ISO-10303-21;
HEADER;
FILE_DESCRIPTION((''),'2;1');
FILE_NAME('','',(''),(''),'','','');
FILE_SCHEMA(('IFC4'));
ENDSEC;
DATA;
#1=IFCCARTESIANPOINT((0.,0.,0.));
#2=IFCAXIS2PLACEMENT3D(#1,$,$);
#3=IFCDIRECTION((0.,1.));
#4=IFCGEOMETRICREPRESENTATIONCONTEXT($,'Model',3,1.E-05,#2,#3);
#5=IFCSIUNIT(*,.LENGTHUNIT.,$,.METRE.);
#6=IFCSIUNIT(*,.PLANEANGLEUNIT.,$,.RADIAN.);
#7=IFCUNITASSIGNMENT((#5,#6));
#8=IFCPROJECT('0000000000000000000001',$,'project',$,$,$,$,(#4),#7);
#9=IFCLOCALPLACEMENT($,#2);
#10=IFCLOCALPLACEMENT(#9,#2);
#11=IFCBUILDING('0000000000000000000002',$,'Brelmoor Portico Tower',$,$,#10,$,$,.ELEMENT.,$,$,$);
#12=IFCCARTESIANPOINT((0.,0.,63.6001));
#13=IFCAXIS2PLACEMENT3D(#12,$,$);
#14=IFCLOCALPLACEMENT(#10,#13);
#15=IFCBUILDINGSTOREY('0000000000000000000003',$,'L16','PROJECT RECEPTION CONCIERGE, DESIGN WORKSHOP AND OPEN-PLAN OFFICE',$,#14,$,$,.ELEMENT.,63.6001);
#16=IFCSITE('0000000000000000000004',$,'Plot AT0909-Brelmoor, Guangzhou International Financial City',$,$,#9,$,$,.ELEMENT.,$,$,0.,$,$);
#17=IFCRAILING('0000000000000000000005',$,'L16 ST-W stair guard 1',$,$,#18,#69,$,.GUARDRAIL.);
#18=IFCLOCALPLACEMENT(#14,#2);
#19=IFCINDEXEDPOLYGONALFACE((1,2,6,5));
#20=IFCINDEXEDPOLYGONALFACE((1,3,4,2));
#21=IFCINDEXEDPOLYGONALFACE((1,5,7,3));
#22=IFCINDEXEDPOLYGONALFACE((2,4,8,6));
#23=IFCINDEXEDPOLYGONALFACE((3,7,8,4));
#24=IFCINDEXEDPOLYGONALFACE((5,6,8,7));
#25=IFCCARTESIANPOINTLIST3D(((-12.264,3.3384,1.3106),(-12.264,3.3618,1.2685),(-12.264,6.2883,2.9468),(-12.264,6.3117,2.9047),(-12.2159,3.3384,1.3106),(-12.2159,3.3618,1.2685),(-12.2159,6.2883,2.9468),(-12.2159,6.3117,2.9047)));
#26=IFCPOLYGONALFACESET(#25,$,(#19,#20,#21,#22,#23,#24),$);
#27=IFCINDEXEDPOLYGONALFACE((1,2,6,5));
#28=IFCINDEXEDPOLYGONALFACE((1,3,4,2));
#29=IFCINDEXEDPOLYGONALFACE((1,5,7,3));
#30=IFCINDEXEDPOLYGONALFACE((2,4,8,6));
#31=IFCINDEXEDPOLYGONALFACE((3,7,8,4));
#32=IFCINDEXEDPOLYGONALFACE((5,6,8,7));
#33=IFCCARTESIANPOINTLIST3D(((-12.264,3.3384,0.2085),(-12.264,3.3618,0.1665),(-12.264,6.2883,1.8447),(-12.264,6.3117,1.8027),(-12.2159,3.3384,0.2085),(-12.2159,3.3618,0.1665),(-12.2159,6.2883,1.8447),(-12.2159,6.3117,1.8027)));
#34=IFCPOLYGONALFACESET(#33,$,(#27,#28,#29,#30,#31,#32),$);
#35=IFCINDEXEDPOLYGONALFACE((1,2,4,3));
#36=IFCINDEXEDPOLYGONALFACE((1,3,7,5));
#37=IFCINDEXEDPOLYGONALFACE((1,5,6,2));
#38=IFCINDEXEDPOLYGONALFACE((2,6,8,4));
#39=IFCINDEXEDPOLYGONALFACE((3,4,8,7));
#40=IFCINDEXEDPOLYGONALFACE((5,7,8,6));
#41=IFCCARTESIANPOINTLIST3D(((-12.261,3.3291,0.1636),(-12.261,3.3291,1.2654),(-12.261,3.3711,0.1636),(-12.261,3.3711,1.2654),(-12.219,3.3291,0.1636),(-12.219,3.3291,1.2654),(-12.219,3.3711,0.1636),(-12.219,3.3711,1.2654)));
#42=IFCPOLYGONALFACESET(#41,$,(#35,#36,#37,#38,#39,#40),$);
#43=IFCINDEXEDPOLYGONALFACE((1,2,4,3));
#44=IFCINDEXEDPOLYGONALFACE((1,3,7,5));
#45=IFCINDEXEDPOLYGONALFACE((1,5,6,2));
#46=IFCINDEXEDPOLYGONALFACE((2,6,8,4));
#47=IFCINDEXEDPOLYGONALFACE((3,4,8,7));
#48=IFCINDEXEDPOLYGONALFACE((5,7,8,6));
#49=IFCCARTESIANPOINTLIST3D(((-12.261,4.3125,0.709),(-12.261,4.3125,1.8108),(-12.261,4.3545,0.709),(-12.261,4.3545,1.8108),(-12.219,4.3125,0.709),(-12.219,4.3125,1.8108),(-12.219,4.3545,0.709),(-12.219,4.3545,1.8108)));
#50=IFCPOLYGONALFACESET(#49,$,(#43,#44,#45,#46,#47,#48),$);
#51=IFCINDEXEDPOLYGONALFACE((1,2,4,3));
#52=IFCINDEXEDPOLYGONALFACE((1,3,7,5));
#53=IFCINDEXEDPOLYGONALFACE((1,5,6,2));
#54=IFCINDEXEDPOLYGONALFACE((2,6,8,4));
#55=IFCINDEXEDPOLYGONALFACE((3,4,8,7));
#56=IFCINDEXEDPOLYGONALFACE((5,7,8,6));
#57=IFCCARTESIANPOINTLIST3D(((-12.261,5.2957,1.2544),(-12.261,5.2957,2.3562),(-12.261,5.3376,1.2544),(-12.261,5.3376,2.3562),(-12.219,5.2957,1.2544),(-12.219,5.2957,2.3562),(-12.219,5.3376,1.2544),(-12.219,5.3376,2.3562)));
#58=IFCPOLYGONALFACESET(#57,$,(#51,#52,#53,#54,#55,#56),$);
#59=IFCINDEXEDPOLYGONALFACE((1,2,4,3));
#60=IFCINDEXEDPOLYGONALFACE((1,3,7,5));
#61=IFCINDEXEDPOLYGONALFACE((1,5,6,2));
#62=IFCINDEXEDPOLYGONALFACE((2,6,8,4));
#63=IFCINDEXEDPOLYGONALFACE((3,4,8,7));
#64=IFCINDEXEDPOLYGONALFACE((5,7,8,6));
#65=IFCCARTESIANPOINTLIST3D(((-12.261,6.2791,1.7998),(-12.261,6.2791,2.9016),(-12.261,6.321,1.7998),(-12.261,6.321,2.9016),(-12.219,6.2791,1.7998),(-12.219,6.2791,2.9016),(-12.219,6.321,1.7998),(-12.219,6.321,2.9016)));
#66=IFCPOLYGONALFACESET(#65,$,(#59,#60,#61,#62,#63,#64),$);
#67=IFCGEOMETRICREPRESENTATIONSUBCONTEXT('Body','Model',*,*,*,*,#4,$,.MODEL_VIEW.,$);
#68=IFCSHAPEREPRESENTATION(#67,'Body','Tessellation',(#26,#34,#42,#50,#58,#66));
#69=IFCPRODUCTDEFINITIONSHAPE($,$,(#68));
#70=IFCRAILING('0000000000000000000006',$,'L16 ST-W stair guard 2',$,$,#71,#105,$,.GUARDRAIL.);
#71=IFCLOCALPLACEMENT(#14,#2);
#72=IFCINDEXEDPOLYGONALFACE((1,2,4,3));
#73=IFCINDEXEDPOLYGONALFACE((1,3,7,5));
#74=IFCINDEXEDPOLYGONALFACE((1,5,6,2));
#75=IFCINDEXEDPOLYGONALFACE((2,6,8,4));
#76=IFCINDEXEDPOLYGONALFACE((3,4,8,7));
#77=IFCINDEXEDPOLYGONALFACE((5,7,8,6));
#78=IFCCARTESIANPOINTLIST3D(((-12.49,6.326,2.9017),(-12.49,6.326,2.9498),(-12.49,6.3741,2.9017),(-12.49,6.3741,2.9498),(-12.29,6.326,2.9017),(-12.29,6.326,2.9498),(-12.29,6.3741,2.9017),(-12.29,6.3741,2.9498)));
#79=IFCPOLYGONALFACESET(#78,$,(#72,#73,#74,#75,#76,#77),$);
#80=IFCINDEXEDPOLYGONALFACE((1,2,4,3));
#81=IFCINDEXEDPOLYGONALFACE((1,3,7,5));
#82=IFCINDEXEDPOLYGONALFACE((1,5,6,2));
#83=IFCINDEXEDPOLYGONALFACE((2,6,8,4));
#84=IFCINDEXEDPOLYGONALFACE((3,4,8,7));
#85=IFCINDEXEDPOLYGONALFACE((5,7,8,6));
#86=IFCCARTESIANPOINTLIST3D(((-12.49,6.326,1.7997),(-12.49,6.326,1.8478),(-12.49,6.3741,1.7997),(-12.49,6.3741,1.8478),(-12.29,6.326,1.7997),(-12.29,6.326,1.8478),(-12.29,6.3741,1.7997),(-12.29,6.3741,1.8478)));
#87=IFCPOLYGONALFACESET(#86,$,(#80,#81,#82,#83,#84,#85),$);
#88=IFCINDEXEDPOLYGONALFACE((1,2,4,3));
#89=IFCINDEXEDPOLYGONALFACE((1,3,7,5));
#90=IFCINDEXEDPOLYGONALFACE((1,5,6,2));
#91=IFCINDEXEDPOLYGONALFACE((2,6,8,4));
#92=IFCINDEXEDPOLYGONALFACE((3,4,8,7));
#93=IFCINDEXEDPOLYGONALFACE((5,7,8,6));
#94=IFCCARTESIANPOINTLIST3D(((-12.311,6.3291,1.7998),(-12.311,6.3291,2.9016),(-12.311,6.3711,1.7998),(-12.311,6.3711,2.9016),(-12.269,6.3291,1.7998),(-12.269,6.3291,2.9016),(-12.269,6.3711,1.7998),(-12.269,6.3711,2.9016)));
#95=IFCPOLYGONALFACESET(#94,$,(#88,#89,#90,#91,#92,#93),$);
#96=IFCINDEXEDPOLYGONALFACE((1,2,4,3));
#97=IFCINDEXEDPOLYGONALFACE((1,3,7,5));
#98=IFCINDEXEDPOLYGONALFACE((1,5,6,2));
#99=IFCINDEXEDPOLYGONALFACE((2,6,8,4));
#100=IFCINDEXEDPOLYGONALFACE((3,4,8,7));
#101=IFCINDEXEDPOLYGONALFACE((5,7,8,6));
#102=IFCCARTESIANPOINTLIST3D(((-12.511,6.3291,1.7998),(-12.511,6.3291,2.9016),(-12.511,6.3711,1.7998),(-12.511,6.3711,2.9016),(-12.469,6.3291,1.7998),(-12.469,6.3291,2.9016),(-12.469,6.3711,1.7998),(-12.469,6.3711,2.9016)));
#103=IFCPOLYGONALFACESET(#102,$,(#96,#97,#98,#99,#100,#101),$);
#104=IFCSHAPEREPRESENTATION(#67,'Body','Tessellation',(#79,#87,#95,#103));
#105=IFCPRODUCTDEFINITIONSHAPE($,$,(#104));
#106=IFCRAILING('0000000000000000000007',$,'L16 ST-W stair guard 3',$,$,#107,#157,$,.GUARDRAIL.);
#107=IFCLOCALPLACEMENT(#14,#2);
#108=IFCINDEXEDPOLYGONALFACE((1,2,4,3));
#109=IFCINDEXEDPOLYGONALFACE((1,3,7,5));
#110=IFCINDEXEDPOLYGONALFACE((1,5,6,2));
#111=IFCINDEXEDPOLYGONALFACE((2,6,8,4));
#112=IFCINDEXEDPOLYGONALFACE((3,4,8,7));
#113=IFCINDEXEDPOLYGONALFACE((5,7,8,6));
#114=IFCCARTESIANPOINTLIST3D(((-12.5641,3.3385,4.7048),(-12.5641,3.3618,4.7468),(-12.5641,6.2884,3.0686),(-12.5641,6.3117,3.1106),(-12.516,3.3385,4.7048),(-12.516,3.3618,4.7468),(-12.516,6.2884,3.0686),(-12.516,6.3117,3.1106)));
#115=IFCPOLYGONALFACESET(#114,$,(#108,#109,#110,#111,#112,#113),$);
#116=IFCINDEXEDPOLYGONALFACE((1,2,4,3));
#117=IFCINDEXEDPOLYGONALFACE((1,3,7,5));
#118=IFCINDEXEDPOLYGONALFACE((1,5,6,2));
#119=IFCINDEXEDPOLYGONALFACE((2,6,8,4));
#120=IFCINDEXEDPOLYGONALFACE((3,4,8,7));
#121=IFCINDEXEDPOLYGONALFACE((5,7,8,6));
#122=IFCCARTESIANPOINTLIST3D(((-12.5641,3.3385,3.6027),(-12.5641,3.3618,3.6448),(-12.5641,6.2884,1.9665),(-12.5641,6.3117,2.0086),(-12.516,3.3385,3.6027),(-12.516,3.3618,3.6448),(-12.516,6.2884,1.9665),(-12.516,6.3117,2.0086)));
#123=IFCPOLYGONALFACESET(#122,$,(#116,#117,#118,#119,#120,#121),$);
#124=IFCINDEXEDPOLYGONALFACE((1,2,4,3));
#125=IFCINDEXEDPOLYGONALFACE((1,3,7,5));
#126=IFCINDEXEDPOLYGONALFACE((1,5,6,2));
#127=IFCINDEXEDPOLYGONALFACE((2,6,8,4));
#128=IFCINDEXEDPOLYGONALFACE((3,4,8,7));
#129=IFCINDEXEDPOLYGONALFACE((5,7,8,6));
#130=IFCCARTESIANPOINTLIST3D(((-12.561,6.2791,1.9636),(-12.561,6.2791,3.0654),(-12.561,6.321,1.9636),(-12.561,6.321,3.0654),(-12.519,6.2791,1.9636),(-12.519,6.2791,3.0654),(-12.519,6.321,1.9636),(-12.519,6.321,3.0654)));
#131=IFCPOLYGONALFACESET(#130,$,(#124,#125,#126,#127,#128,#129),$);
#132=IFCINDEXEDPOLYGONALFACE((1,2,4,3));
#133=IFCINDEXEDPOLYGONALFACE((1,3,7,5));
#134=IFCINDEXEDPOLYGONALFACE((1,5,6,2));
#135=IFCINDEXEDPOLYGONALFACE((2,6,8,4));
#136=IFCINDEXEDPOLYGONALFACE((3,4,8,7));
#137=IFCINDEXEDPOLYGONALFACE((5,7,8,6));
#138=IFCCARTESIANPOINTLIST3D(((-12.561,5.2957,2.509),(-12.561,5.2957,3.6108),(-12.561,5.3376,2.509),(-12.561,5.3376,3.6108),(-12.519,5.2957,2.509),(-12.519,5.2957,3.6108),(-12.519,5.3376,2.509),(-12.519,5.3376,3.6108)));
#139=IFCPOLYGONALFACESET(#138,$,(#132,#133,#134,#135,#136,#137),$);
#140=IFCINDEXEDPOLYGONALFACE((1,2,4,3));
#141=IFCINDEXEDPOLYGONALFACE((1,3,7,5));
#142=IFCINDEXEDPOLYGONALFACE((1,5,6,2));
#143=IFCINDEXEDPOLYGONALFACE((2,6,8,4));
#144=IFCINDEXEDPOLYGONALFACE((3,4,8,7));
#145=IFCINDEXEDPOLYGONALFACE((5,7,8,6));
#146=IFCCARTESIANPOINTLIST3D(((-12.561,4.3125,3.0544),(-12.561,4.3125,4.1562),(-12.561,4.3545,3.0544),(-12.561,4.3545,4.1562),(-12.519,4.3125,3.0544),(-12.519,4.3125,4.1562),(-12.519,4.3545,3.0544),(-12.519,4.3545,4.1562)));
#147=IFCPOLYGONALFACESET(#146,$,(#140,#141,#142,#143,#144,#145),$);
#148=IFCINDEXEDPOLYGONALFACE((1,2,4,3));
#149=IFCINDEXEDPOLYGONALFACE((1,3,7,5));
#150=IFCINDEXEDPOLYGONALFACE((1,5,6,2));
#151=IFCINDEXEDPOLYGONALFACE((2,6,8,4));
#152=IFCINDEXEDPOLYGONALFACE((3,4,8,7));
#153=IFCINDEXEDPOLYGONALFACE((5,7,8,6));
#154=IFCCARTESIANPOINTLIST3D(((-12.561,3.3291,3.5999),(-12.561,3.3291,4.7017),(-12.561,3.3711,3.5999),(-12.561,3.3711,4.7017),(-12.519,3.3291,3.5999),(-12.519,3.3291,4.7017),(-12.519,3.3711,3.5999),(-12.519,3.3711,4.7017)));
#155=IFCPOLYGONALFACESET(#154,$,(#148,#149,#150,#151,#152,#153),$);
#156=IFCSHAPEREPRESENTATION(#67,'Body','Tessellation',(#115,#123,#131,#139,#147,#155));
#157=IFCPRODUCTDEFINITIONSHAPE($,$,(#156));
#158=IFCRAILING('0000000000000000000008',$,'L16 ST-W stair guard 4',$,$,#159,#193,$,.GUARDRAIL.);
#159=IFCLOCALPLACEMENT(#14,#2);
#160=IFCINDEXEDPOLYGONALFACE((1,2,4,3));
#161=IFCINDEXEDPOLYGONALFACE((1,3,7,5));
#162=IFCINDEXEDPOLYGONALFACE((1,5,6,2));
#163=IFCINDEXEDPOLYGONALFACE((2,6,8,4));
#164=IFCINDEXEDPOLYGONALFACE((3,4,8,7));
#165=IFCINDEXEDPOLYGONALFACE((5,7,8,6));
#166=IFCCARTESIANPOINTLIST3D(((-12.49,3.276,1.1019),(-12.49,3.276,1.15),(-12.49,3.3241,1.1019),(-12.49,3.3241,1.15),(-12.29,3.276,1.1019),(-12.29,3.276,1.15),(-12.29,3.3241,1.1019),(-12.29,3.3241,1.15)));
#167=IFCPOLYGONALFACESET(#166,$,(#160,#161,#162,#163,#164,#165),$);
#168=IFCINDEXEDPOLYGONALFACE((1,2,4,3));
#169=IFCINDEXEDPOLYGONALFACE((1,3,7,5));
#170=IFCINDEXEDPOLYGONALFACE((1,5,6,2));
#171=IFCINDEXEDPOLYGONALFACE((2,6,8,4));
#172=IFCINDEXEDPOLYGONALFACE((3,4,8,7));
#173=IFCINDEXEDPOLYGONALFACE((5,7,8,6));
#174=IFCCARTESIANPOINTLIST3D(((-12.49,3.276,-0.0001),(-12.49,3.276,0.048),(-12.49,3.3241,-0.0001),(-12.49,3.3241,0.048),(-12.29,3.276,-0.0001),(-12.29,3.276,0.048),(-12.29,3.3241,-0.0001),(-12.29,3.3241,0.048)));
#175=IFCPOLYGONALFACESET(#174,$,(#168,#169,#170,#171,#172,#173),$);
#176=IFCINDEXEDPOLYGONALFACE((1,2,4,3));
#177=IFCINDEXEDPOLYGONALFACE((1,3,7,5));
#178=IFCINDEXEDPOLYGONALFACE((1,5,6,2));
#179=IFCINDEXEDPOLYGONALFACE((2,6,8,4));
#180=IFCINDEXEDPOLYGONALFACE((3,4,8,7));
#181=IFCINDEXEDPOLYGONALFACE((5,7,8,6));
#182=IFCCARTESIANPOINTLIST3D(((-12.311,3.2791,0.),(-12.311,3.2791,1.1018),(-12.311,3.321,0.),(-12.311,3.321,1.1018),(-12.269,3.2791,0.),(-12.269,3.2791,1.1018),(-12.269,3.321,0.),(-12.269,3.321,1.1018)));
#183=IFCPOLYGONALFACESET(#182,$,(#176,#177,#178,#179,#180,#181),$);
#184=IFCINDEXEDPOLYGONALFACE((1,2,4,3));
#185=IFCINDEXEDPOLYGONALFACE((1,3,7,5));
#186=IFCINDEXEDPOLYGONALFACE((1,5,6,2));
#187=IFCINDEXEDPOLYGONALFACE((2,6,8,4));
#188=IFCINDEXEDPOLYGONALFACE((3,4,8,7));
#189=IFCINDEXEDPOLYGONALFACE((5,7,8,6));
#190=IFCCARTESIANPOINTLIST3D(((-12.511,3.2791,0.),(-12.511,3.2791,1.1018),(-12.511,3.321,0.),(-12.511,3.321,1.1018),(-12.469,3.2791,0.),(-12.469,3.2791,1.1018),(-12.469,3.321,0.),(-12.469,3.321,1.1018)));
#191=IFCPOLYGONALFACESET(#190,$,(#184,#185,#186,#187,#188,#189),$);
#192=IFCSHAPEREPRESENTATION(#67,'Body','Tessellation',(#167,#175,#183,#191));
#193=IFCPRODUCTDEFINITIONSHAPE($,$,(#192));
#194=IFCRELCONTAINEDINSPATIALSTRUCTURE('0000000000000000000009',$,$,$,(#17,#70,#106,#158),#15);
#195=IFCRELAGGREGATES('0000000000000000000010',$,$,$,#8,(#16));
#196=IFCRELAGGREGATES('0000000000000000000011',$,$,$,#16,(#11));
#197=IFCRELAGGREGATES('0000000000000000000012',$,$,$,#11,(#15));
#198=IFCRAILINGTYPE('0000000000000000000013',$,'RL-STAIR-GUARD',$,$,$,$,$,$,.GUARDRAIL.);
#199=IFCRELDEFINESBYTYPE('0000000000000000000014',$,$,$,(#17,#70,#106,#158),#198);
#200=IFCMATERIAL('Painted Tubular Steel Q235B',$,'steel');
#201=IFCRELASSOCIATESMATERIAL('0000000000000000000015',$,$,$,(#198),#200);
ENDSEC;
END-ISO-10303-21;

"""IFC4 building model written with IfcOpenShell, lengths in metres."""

from ifc_helpers import new_model, si_unit, direction, frame, origin, origin_2d, place, context, subcontext, project, spatial, rectangle, extrude, material, type_object, element, save


model = new_model("IFC4")

# Units and contexts
model_context = context("Model", 3, precision=1e-05, world=origin(), true_north=direction((0.0, 1.0)))
body_context = subcontext(model_context, "Body", "Model", "MODEL_VIEW")
ifc_project = project(units=[si_unit("LENGTHUNIT", "METRE"), si_unit("PLANEANGLEUNIT", "RADIAN")], contexts=[model_context])

# Site, building, storey
site_placement = place(None, origin())
site = spatial("IfcSite", under=ifc_project, at=site_placement, Name="Plot AT0909-Brelmoor, Guangzhou International Financial City", CompositionType="ELEMENT", RefElevation=0.0)
building_placement = place(site_placement, origin())
building = spatial("IfcBuilding", under=site, at=building_placement, Name="Brelmoor Portico Tower", CompositionType="ELEMENT")
storey_placement = place(building_placement, frame((0.0, 0.0, 63.6001)))
storey = spatial("IfcBuildingStorey", under=building, at=storey_placement, Name="L16", Description="PROJECT RECEPTION CONCIERGE, DESIGN WORKSHOP AND OPEN-PLAN OFFICE", CompositionType="ELEMENT", Elevation=63.6001)

# Railings
ifc_material_1 = material(Name="Painted Tubular Steel Q235B", Category="steel")
railing_type_1 = type_object("IfcRailingType", Name="RL-STAIR-GUARD", PredefinedType="GUARDRAIL", material=ifc_material_1)
railing_1_placement = place(storey_placement, frame((-12.24, 3.3501, 0.1636)))
element("IfcRailing", 1, at=railing_1_placement, inside=storey, type_object=railing_type_1, Name="L16 ST-W stair guard 1", PredefinedType="GUARDRAIL", context=body_context, shape_type="SweptSolid", body=[
    extrude(rectangle(XDim=0.0481, YDim=0.0481, at=origin_2d()), frame((0.0, 0.0, 1.126), z_axis=(0.0, 0.874488, 0.485047), x_axis=(-1.0, 0.0, 0.0)), (0.0, 0.0, 1.0), 3.3733),
    extrude(rectangle(XDim=0.0481, YDim=0.0481, at=origin_2d()), frame((0.0, 0.0, 0.0239), z_axis=(0.0, 0.874488, 0.485047), x_axis=(-1.0, 0.0, 0.0)), (0.0, 0.0, 1.0), 3.3733),
    extrude(rectangle(XDim=0.042, YDim=0.042, at=origin_2d()), origin(), (0.0, 0.0, 1.0), 1.1018),
    extrude(rectangle(XDim=0.042, YDim=0.042, at=origin_2d()), frame((0.0, 0.9834, 0.5454)), (0.0, 0.0, 1.0), 1.1018),
    extrude(rectangle(XDim=0.042, YDim=0.042, at=origin_2d()), frame((0.0, 1.9666, 1.0908)), (0.0, 0.0, 1.0), 1.1018),
    extrude(rectangle(XDim=0.042, YDim=0.042, at=origin_2d()), frame((0.0, 2.95, 1.6362)), (0.0, 0.0, 1.0), 1.1018),
])
railing_2_placement = place(storey_placement, frame((-12.29, 6.3501, 1.7998)))
element("IfcRailing", 2, at=railing_2_placement, inside=storey, type_object=railing_type_1, Name="L16 ST-W stair guard 2", PredefinedType="GUARDRAIL", context=body_context, shape_type="SweptSolid", body=[
    extrude(rectangle(XDim=0.0481, YDim=0.0481, at=origin_2d()), frame((0.0, 0.0, 1.126), z_axis=(-1.0, 0.0, 0.0), x_axis=(0.0, -1.0, 0.0)), (0.0, 0.0, 1.0), 0.2),
    extrude(rectangle(XDim=0.0481, YDim=0.0481, at=origin_2d()), frame((0.0, 0.0, 0.0239), z_axis=(-1.0, 0.0, 0.0), x_axis=(0.0, -1.0, 0.0)), (0.0, 0.0, 1.0), 0.2),
    extrude(rectangle(XDim=0.042, YDim=0.042, at=origin_2d()), origin(), (0.0, 0.0, 1.0), 1.1018),
    extrude(rectangle(XDim=0.042, YDim=0.042, at=origin_2d()), frame((-0.2, 0.0, 0.0)), (0.0, 0.0, 1.0), 1.1018),
])
railing_3_placement = place(storey_placement, frame((-12.54, 6.3, 1.9636)))
element("IfcRailing", 3, at=railing_3_placement, inside=storey, type_object=railing_type_1, Name="L16 ST-W stair guard 3", PredefinedType="GUARDRAIL", context=body_context, shape_type="SweptSolid", body=[
    extrude(rectangle(XDim=0.0481, YDim=0.0481, at=origin_2d()), frame((0.0, 0.0, 1.126), z_axis=(0.0, -0.874488, 0.485047), x_axis=(1.0, 0.0, 0.0)), (0.0, 0.0, 1.0), 3.3733),
    extrude(rectangle(XDim=0.0481, YDim=0.0481, at=origin_2d()), frame((0.0, 0.0, 0.0239), z_axis=(0.0, -0.874488, 0.485047), x_axis=(1.0, 0.0, 0.0)), (0.0, 0.0, 1.0), 3.3733),
    extrude(rectangle(XDim=0.042, YDim=0.042, at=origin_2d()), origin(), (0.0, 0.0, 1.0), 1.1018),
    extrude(rectangle(XDim=0.042, YDim=0.042, at=origin_2d()), frame((0.0, -0.9834, 0.5454)), (0.0, 0.0, 1.0), 1.1018),
    extrude(rectangle(XDim=0.042, YDim=0.042, at=origin_2d()), frame((0.0, -1.9666, 1.0908)), (0.0, 0.0, 1.0), 1.1018),
    extrude(rectangle(XDim=0.042, YDim=0.042, at=origin_2d()), frame((0.0, -2.95, 1.6362)), (0.0, 0.0, 1.0), 1.1018),
])
railing_4_placement = place(storey_placement, frame((-12.29, 3.3, 0.0)))
element("IfcRailing", 4, at=railing_4_placement, inside=storey, type_object=railing_type_1, Name="L16 ST-W stair guard 4", PredefinedType="GUARDRAIL", context=body_context, shape_type="SweptSolid", body=[
    extrude(rectangle(XDim=0.0481, YDim=0.0481, at=origin_2d()), frame((0.0, 0.0, 1.126), z_axis=(-1.0, 0.0, 0.0), x_axis=(0.0, -1.0, 0.0)), (0.0, 0.0, 1.0), 0.2),
    extrude(rectangle(XDim=0.0481, YDim=0.0481, at=origin_2d()), frame((0.0, 0.0, 0.0239), z_axis=(-1.0, 0.0, 0.0), x_axis=(0.0, -1.0, 0.0)), (0.0, 0.0, 1.0), 0.2),
    extrude(rectangle(XDim=0.042, YDim=0.042, at=origin_2d()), origin(), (0.0, 0.0, 1.0), 1.1018),
    extrude(rectangle(XDim=0.042, YDim=0.042, at=origin_2d()), frame((-0.2, 0.0, 0.0)), (0.0, 0.0, 1.0), 1.1018),
])

save(model, "model.ifc")
